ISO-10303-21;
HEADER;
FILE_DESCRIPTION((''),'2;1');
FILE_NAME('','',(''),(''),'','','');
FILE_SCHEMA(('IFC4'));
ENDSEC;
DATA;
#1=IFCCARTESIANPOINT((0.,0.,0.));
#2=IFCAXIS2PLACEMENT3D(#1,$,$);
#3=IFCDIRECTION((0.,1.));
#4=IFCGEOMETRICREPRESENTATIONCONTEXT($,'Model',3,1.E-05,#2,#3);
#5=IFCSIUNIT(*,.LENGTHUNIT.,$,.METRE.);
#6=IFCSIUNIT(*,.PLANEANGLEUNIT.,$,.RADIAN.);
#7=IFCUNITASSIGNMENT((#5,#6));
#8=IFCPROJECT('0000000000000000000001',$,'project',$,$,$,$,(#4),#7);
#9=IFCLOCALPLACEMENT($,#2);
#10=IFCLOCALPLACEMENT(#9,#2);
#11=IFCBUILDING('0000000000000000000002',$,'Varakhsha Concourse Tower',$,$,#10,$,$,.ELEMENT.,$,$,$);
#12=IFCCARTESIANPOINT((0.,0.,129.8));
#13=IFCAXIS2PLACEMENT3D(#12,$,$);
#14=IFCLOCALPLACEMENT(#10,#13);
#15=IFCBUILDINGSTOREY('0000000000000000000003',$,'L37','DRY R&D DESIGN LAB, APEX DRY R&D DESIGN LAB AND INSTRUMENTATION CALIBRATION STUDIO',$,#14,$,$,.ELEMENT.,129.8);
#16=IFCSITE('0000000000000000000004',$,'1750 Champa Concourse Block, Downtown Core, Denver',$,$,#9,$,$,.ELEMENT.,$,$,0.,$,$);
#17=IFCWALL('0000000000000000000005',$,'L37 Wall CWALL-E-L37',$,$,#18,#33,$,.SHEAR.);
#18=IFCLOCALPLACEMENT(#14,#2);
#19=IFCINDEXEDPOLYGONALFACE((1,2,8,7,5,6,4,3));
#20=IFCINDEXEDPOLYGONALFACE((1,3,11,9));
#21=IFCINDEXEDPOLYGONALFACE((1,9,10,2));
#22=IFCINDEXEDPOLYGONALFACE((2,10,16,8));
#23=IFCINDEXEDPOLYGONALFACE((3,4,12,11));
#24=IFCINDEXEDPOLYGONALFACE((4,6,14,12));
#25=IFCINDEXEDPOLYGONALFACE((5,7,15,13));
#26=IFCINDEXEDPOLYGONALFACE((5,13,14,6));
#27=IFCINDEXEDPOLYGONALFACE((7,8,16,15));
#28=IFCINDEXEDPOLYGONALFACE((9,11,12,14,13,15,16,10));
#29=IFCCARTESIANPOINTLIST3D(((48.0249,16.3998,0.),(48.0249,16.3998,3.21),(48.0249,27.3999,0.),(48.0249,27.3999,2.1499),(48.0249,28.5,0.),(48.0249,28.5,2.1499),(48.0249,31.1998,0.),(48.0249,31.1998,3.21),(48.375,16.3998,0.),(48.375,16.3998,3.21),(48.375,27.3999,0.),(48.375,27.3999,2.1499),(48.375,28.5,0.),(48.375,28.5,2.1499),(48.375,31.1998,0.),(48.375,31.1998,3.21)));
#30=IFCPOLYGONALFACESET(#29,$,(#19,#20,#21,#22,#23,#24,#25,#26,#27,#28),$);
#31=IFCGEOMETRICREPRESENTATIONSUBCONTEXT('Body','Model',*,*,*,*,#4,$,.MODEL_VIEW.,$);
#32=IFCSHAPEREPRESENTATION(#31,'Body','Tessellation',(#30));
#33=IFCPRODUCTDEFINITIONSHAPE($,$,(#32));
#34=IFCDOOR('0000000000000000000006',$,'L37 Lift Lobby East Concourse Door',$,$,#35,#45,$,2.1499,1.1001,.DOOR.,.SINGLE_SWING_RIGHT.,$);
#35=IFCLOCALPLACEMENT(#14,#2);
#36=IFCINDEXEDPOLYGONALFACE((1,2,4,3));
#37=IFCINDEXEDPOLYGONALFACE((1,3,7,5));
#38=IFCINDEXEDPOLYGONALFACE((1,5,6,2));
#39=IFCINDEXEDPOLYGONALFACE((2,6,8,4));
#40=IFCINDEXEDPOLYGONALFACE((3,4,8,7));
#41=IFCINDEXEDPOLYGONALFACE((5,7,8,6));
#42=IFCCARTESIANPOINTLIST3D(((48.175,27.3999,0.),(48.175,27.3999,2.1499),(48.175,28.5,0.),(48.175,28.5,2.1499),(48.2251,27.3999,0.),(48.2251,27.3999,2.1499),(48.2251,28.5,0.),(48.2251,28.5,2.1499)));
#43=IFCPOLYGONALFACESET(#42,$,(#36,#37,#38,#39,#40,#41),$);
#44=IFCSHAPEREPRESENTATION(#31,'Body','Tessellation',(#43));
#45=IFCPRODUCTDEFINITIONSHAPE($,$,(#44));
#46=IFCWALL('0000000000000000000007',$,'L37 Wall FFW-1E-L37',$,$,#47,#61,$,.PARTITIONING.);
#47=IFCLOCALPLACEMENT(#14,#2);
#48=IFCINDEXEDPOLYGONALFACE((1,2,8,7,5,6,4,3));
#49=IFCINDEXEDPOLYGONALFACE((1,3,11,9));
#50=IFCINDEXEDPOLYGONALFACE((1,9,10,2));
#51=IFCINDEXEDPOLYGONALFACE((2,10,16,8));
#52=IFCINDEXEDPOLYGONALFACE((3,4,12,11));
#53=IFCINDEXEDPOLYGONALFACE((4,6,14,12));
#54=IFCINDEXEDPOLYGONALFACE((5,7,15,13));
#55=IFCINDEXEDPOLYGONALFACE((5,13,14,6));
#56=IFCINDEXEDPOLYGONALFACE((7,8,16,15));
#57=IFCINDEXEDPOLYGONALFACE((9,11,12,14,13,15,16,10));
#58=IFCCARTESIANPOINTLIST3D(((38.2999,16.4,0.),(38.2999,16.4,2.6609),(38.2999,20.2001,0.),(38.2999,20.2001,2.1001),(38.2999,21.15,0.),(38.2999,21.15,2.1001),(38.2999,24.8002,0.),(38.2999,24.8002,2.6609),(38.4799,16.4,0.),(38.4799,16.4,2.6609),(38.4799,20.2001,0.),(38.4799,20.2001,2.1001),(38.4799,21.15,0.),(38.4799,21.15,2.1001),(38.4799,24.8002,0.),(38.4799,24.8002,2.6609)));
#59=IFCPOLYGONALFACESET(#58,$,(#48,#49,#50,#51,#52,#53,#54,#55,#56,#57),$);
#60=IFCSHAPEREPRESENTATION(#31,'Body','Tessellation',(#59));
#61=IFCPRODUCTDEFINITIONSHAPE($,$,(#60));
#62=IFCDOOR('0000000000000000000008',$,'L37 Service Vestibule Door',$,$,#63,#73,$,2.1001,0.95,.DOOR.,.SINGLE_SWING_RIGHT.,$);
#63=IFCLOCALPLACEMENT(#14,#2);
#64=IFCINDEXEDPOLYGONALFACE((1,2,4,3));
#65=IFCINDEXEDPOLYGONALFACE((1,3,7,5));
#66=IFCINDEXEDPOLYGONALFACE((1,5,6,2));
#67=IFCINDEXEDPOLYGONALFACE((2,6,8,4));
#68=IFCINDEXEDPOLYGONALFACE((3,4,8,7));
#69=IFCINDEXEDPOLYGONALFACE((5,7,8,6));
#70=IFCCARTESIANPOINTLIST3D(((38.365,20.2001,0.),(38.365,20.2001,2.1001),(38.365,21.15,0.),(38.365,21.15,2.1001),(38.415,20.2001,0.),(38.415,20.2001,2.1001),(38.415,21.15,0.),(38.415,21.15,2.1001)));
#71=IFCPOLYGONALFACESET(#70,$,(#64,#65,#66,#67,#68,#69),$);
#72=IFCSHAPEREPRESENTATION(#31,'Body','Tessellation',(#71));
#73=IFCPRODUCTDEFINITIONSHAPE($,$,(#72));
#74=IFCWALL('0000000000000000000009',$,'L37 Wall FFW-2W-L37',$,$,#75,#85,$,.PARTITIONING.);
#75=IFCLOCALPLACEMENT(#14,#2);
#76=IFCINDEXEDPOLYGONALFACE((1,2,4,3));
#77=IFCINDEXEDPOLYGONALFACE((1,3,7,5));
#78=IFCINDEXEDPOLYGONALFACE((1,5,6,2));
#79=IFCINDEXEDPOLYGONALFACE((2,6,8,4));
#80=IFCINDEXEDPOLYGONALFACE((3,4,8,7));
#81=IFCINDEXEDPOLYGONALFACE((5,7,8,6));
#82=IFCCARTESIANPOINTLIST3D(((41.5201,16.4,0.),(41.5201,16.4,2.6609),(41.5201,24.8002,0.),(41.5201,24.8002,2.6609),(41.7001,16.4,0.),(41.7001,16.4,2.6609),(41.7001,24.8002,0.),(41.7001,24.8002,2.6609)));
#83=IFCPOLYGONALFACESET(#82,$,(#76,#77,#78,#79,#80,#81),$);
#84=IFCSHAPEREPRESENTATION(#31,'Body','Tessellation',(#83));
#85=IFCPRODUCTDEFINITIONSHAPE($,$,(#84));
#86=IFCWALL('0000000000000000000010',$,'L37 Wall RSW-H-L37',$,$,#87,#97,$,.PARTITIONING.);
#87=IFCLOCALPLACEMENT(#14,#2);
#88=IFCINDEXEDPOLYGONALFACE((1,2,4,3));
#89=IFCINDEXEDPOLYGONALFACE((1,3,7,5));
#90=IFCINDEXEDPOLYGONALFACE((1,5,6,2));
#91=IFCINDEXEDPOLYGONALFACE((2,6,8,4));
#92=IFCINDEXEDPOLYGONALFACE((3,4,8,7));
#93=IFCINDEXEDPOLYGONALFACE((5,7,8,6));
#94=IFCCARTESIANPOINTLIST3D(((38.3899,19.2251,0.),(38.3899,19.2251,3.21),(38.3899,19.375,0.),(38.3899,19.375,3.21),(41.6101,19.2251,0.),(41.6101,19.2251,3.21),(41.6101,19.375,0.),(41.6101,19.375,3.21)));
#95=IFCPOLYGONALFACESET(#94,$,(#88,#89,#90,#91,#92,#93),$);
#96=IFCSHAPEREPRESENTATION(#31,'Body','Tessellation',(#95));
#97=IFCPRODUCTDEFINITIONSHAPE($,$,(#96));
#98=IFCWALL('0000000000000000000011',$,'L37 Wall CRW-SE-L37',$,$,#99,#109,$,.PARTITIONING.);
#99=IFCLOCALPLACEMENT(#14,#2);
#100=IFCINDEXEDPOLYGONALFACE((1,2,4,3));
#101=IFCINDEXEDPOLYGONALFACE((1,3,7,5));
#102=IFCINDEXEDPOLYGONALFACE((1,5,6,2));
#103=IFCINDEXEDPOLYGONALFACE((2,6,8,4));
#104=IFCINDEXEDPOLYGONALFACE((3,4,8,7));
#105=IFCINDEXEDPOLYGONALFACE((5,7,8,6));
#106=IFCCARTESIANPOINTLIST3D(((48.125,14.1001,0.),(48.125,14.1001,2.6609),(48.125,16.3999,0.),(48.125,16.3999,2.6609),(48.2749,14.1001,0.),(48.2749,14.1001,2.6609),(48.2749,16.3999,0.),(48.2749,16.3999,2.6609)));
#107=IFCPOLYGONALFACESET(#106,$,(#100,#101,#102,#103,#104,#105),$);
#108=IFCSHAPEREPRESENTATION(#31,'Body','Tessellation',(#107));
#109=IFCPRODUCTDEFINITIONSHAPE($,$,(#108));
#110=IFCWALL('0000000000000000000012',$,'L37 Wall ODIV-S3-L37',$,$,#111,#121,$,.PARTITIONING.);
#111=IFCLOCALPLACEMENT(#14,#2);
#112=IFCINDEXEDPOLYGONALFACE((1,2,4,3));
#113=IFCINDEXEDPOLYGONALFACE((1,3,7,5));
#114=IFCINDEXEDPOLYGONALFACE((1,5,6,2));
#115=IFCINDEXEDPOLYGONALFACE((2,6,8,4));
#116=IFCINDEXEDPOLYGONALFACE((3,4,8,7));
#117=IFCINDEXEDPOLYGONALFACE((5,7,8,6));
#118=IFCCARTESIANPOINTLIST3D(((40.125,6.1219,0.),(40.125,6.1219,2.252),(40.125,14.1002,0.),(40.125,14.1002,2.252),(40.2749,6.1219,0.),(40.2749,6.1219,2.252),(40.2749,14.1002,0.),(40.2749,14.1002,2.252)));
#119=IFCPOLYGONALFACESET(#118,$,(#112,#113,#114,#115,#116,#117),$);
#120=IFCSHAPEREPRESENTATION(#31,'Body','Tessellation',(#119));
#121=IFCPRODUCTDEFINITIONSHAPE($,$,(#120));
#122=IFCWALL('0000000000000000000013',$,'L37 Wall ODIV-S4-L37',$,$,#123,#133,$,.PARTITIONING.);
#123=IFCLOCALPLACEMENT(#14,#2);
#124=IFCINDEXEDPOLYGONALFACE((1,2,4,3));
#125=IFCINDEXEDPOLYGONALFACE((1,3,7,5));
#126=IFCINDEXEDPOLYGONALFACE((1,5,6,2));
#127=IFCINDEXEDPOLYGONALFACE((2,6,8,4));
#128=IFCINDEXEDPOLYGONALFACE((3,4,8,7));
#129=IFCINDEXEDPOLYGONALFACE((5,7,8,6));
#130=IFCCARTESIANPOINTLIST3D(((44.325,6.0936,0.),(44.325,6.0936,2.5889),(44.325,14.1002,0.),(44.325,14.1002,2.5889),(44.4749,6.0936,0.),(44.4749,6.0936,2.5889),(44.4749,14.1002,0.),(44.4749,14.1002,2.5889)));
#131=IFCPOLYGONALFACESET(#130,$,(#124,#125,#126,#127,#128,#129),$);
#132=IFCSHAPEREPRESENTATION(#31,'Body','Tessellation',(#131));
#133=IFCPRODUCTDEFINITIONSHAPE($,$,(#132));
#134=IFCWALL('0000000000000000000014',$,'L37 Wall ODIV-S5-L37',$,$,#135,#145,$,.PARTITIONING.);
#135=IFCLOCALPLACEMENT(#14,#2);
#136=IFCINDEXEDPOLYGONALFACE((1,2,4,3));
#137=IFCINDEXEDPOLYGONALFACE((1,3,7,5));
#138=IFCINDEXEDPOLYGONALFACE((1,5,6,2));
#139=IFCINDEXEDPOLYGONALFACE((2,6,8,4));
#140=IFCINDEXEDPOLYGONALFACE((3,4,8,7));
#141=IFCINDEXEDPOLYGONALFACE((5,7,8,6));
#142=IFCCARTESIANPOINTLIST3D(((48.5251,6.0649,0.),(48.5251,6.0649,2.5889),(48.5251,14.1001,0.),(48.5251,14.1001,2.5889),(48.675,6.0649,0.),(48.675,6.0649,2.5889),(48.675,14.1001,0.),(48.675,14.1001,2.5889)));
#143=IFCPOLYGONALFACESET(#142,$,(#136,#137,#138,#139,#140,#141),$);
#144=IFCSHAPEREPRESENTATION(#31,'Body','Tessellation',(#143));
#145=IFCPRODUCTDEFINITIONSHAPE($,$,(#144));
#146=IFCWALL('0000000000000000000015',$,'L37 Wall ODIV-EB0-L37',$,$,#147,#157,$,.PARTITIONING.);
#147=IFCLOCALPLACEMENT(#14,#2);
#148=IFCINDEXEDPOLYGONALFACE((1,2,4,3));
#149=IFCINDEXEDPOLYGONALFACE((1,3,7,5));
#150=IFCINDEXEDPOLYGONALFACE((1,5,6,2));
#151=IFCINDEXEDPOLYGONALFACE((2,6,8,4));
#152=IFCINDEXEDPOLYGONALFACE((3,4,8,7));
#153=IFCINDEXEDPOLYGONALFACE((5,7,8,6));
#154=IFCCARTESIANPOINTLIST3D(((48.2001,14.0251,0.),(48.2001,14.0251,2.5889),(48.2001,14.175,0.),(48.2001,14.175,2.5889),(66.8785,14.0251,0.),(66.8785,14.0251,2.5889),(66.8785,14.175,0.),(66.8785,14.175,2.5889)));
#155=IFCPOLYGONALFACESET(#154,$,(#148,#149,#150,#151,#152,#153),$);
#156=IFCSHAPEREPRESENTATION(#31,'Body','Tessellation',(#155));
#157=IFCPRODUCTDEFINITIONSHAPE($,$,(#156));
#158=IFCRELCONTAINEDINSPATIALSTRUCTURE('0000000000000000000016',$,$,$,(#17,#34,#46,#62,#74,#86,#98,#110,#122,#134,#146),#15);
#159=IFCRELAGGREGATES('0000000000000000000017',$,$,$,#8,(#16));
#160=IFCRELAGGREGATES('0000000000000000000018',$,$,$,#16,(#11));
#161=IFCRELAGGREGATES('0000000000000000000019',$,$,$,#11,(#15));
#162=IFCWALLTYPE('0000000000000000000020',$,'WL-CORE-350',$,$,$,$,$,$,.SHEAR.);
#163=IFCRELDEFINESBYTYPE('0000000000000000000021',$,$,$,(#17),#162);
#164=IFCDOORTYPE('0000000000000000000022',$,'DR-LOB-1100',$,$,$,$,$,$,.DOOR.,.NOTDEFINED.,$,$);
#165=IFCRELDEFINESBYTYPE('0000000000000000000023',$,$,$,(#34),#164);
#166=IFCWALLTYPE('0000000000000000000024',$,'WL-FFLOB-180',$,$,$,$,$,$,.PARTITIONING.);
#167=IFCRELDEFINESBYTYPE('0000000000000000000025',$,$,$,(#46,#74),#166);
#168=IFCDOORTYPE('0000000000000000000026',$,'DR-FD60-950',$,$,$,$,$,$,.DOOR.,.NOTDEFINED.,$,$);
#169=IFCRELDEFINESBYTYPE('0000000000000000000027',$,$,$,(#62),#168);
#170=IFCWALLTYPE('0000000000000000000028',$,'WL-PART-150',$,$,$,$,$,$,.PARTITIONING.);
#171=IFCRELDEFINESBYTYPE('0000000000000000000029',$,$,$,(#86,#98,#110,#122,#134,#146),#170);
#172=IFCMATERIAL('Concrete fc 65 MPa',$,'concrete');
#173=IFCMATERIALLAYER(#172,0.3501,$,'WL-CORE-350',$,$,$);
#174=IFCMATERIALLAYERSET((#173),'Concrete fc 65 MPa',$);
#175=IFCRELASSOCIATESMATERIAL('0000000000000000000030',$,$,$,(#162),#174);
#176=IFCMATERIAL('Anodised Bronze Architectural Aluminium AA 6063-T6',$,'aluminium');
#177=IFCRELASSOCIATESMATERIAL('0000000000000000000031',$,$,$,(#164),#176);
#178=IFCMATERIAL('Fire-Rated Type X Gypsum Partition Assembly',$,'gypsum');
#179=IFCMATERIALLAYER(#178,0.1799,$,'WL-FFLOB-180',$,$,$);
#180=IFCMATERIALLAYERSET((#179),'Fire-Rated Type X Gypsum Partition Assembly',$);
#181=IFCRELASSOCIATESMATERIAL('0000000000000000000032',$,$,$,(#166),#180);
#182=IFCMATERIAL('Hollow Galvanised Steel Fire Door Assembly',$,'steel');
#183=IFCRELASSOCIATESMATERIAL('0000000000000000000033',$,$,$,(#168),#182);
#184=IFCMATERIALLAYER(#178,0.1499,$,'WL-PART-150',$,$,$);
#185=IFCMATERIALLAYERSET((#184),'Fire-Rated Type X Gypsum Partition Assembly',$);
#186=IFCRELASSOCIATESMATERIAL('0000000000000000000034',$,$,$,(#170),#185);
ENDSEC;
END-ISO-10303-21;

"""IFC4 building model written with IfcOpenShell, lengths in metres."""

from ifc_helpers import new_model, si_unit, direction, frame, frame_2d, origin, place, context, subcontext, project, spatial, rectangle, extrude, material, layer, layer_set, type_object, element, fill, save


model = new_model("IFC4")

# Units and contexts
model_context = context("Model", 3, precision=1e-05, world=origin(), true_north=direction((0.0, 1.0)))
body_context = subcontext(model_context, "Body", "Model", "MODEL_VIEW")
ifc_project = project(units=[si_unit("LENGTHUNIT", "METRE"), si_unit("PLANEANGLEUNIT", "RADIAN")], contexts=[model_context])

# Site, building, storey
site_placement = place(None, origin())
site = spatial("IfcSite", under=ifc_project, at=site_placement, Name="1750 Champa Concourse Block, Downtown Core, Denver", CompositionType="ELEMENT", RefElevation=0.0)
building_placement = place(site_placement, origin())
building = spatial("IfcBuilding", under=site, at=building_placement, Name="Varakhsha Concourse Tower", CompositionType="ELEMENT")
storey_placement = place(building_placement, frame((0.0, 0.0, 129.8)))
storey = spatial("IfcBuildingStorey", under=building, at=storey_placement, Name="L37", Description="DRY R&D DESIGN LAB, APEX DRY R&D DESIGN LAB AND INSTRUMENTATION CALIBRATION STUDIO", CompositionType="ELEMENT", Elevation=129.8)

# Shared definitions
ifc_material_1 = material(Name="Concrete fc 65 MPa", Category="concrete")

# Shared definitions
ifc_material_2 = material(Name="Anodised Bronze Architectural Aluminium AA 6063-T6", Category="aluminium")

# Walls, openings, doors
ifc_layer_1 = layer(ifc_material_1, 0.3501, Name="WL-CORE-350")
ifc_layer_set_1 = layer_set([ifc_layer_1], Name="Concrete fc 65 MPa")
wall_type_1 = type_object("IfcWallType", Name="WL-CORE-350", PredefinedType="SHEAR", material=ifc_layer_set_1)
wall_1_placement = place(storey_placement, frame((48.2, 16.3999, 0.0), z_axis=(0.0, 0.0, 1.0), x_axis=(0.0, 1.0, 0.0)))
wall_1 = element("IfcWall", 1, at=wall_1_placement, inside=storey, type_object=wall_type_1, Name="L37 Wall CWALL-E-L37", PredefinedType="SHEAR", context=body_context, shape_type="SweptSolid", body=[
    extrude(rectangle(XDim=14.8, YDim=0.3501, at=frame_2d((7.3999, 0.0))), origin(), (0.0, 0.0, 1.0), 3.21),
])
opening_1_placement = place(wall_1_placement, frame((11.0, 0.0, 0.0)))
opening_1 = element("IfcOpeningElement", 2, at=opening_1_placement, cuts=wall_1, PredefinedType="OPENING", context=body_context, shape_type="SweptSolid", body=[
    extrude(rectangle(XDim=1.1001, YDim=2.1499, at=frame_2d((0.55, 1.075))), frame((0.0, 0.1851, 0.0), z_axis=(0.0, -1.0, 0.0), x_axis=(1.0, 0.0, 0.0)), (0.0, 0.0, 1.0), 0.3701),
])
door_type_1 = type_object("IfcDoorType", Name="DR-LOB-1100", OperationType="NOTDEFINED", PredefinedType="DOOR", material=ifc_material_2)
door_1_placement = place(opening_1_placement, origin())
door_1 = element("IfcDoor", 3, at=door_1_placement, inside=storey, type_object=door_type_1, Name="L37 Lift Lobby East Concourse Door", OperationType="SINGLE_SWING_RIGHT", OverallHeight=2.1499, OverallWidth=1.1001, PredefinedType="DOOR", context=body_context, shape_type="SweptSolid", body=[
    extrude(rectangle(XDim=1.1001, YDim=2.1499, at=frame_2d((0.55, 1.075))), frame((0.0, 0.0249, 0.0), z_axis=(0.0, -1.0, 0.0), x_axis=(1.0, 0.0, 0.0)), (0.0, 0.0, 1.0), 0.05),
])
fill(opening_1, door_1)
ifc_material_3 = material(Name="Fire-Rated Type X Gypsum Partition Assembly", Category="gypsum")
ifc_layer_2 = layer(ifc_material_3, 0.1799, Name="WL-FFLOB-180")
ifc_layer_set_2 = layer_set([ifc_layer_2], Name="Fire-Rated Type X Gypsum Partition Assembly")
wall_type_2 = type_object("IfcWallType", Name="WL-FFLOB-180", PredefinedType="PARTITIONING", material=ifc_layer_set_2)
wall_2_placement = place(storey_placement, frame((38.3899, 16.3999, 0.0), z_axis=(0.0, 0.0, 1.0), x_axis=(0.0, 1.0, 0.0)))
wall_2 = element("IfcWall", 4, at=wall_2_placement, inside=storey, type_object=wall_type_2, Name="L37 Wall FFW-1E-L37", PredefinedType="PARTITIONING", context=body_context, shape_type="SweptSolid", body=[
    extrude(rectangle(XDim=8.4001, YDim=0.1799, at=frame_2d((4.2002, 0.0))), origin(), (0.0, 0.0, 1.0), 2.6609),
])
opening_2_placement = place(wall_2_placement, frame((3.8, 0.0, 0.0)))
opening_2 = element("IfcOpeningElement", 5, at=opening_2_placement, cuts=wall_2, PredefinedType="OPENING", context=body_context, shape_type="SweptSolid", body=[
    extrude(rectangle(XDim=0.95, YDim=2.1001, at=frame_2d((0.4751, 1.05))), frame((0.0, 0.0999, 0.0), z_axis=(0.0, -1.0, 0.0), x_axis=(1.0, 0.0, 0.0)), (0.0, 0.0, 1.0), 0.2),
])
ifc_material_4 = material(Name="Hollow Galvanised Steel Fire Door Assembly", Category="steel")
door_type_2 = type_object("IfcDoorType", Name="DR-FD60-950", OperationType="NOTDEFINED", PredefinedType="DOOR", material=ifc_material_4)
door_2_placement = place(opening_2_placement, origin())
door_2 = element("IfcDoor", 6, at=door_2_placement, inside=storey, type_object=door_type_2, Name="L37 Service Vestibule Door", OperationType="SINGLE_SWING_RIGHT", OverallHeight=2.1001, OverallWidth=0.95, PredefinedType="DOOR", context=body_context, shape_type="SweptSolid", body=[
    extrude(rectangle(XDim=0.95, YDim=2.1001, at=frame_2d((0.4751, 1.05))), frame((0.0, 0.0249, 0.0), z_axis=(0.0, -1.0, 0.0), x_axis=(1.0, 0.0, 0.0)), (0.0, 0.0, 1.0), 0.05),
])
fill(opening_2, door_2)

# Walls
wall_3_placement = place(storey_placement, frame((41.6101, 16.3999, 0.0), z_axis=(0.0, 0.0, 1.0), x_axis=(0.0, 1.0, 0.0)))
element("IfcWall", 7, at=wall_3_placement, inside=storey, type_object=wall_type_2, Name="L37 Wall FFW-2W-L37", PredefinedType="PARTITIONING", context=body_context, shape_type="SweptSolid", body=[
    extrude(rectangle(XDim=8.4001, YDim=0.1799, at=frame_2d((4.2002, 0.0))), origin(), (0.0, 0.0, 1.0), 2.6609),
])
ifc_layer_3 = layer(ifc_material_3, 0.1499, Name="WL-PART-150")
ifc_layer_set_3 = layer_set([ifc_layer_3], Name="Fire-Rated Type X Gypsum Partition Assembly")
wall_type_3 = type_object("IfcWallType", Name="WL-PART-150", PredefinedType="PARTITIONING", material=ifc_layer_set_3)
wall_4_placement = place(storey_placement, frame((38.3899, 19.3, 0.0), z_axis=(0.0, 0.0, 1.0), x_axis=(1.0, 0.0, 0.0)))
element("IfcWall", 8, at=wall_4_placement, inside=storey, type_object=wall_type_3, Name="L37 Wall RSW-H-L37", PredefinedType="PARTITIONING", context=body_context, shape_type="SweptSolid", body=[
    extrude(rectangle(XDim=3.2202, YDim=0.1499, at=frame_2d((1.6101, 0.0))), origin(), (0.0, 0.0, 1.0), 3.21),
])
wall_5_placement = place(storey_placement, frame((48.2, 14.1001, 0.0), z_axis=(0.0, 0.0, 1.0), x_axis=(0.0, 1.0, 0.0)))
element("IfcWall", 9, at=wall_5_placement, inside=storey, type_object=wall_type_3, Name="L37 Wall CRW-SE-L37", PredefinedType="PARTITIONING", context=body_context, shape_type="SweptSolid", body=[
    extrude(rectangle(XDim=2.2998, YDim=0.1499, at=frame_2d((1.1499, 0.0))), origin(), (0.0, 0.0, 1.0), 2.6609),
])
wall_6_placement = place(storey_placement, frame((40.2, 6.1218, 0.0), z_axis=(0.0, 0.0, 1.0), x_axis=(0.0, 1.0, 0.0)))
element("IfcWall", 10, at=wall_6_placement, inside=storey, type_object=wall_type_3, Name="L37 Wall ODIV-S3-L37", PredefinedType="PARTITIONING", context=body_context, shape_type="SweptSolid", body=[
    extrude(rectangle(XDim=7.9783, YDim=0.1499, at=frame_2d((3.9893, 0.0))), origin(), (0.0, 0.0, 1.0), 2.252),
])
wall_7_placement = place(storey_placement, frame((44.3999, 6.0935, 0.0), z_axis=(0.0, 0.0, 1.0), x_axis=(0.0, 1.0, 0.0)))
element("IfcWall", 11, at=wall_7_placement, inside=storey, type_object=wall_type_3, Name="L37 Wall ODIV-S4-L37", PredefinedType="PARTITIONING", context=body_context, shape_type="SweptSolid", body=[
    extrude(rectangle(XDim=8.0066, YDim=0.1499, at=frame_2d((4.0034, 0.0))), origin(), (0.0, 0.0, 1.0), 2.5889),
])
wall_8_placement = place(storey_placement, frame((48.6001, 6.0649, 0.0), z_axis=(0.0, 0.0, 1.0), x_axis=(0.0, 1.0, 0.0)))
element("IfcWall", 12, at=wall_8_placement, inside=storey, type_object=wall_type_3, Name="L37 Wall ODIV-S5-L37", PredefinedType="PARTITIONING", context=body_context, shape_type="SweptSolid", body=[
    extrude(rectangle(XDim=8.0352, YDim=0.1499, at=frame_2d((4.0176, 0.0))), origin(), (0.0, 0.0, 1.0), 2.5889),
])
wall_9_placement = place(storey_placement, frame((48.2, 14.1001, 0.0), z_axis=(0.0, 0.0, 1.0), x_axis=(1.0, 0.0, 0.0)))
element("IfcWall", 13, at=wall_9_placement, inside=storey, type_object=wall_type_3, Name="L37 Wall ODIV-EB0-L37", PredefinedType="PARTITIONING", context=body_context, shape_type="SweptSolid", body=[
    extrude(rectangle(XDim=18.6785, YDim=0.1499, at=frame_2d((9.3394, 0.0))), origin(), (0.0, 0.0, 1.0), 2.5889),
])

save(model, "model.ifc")
